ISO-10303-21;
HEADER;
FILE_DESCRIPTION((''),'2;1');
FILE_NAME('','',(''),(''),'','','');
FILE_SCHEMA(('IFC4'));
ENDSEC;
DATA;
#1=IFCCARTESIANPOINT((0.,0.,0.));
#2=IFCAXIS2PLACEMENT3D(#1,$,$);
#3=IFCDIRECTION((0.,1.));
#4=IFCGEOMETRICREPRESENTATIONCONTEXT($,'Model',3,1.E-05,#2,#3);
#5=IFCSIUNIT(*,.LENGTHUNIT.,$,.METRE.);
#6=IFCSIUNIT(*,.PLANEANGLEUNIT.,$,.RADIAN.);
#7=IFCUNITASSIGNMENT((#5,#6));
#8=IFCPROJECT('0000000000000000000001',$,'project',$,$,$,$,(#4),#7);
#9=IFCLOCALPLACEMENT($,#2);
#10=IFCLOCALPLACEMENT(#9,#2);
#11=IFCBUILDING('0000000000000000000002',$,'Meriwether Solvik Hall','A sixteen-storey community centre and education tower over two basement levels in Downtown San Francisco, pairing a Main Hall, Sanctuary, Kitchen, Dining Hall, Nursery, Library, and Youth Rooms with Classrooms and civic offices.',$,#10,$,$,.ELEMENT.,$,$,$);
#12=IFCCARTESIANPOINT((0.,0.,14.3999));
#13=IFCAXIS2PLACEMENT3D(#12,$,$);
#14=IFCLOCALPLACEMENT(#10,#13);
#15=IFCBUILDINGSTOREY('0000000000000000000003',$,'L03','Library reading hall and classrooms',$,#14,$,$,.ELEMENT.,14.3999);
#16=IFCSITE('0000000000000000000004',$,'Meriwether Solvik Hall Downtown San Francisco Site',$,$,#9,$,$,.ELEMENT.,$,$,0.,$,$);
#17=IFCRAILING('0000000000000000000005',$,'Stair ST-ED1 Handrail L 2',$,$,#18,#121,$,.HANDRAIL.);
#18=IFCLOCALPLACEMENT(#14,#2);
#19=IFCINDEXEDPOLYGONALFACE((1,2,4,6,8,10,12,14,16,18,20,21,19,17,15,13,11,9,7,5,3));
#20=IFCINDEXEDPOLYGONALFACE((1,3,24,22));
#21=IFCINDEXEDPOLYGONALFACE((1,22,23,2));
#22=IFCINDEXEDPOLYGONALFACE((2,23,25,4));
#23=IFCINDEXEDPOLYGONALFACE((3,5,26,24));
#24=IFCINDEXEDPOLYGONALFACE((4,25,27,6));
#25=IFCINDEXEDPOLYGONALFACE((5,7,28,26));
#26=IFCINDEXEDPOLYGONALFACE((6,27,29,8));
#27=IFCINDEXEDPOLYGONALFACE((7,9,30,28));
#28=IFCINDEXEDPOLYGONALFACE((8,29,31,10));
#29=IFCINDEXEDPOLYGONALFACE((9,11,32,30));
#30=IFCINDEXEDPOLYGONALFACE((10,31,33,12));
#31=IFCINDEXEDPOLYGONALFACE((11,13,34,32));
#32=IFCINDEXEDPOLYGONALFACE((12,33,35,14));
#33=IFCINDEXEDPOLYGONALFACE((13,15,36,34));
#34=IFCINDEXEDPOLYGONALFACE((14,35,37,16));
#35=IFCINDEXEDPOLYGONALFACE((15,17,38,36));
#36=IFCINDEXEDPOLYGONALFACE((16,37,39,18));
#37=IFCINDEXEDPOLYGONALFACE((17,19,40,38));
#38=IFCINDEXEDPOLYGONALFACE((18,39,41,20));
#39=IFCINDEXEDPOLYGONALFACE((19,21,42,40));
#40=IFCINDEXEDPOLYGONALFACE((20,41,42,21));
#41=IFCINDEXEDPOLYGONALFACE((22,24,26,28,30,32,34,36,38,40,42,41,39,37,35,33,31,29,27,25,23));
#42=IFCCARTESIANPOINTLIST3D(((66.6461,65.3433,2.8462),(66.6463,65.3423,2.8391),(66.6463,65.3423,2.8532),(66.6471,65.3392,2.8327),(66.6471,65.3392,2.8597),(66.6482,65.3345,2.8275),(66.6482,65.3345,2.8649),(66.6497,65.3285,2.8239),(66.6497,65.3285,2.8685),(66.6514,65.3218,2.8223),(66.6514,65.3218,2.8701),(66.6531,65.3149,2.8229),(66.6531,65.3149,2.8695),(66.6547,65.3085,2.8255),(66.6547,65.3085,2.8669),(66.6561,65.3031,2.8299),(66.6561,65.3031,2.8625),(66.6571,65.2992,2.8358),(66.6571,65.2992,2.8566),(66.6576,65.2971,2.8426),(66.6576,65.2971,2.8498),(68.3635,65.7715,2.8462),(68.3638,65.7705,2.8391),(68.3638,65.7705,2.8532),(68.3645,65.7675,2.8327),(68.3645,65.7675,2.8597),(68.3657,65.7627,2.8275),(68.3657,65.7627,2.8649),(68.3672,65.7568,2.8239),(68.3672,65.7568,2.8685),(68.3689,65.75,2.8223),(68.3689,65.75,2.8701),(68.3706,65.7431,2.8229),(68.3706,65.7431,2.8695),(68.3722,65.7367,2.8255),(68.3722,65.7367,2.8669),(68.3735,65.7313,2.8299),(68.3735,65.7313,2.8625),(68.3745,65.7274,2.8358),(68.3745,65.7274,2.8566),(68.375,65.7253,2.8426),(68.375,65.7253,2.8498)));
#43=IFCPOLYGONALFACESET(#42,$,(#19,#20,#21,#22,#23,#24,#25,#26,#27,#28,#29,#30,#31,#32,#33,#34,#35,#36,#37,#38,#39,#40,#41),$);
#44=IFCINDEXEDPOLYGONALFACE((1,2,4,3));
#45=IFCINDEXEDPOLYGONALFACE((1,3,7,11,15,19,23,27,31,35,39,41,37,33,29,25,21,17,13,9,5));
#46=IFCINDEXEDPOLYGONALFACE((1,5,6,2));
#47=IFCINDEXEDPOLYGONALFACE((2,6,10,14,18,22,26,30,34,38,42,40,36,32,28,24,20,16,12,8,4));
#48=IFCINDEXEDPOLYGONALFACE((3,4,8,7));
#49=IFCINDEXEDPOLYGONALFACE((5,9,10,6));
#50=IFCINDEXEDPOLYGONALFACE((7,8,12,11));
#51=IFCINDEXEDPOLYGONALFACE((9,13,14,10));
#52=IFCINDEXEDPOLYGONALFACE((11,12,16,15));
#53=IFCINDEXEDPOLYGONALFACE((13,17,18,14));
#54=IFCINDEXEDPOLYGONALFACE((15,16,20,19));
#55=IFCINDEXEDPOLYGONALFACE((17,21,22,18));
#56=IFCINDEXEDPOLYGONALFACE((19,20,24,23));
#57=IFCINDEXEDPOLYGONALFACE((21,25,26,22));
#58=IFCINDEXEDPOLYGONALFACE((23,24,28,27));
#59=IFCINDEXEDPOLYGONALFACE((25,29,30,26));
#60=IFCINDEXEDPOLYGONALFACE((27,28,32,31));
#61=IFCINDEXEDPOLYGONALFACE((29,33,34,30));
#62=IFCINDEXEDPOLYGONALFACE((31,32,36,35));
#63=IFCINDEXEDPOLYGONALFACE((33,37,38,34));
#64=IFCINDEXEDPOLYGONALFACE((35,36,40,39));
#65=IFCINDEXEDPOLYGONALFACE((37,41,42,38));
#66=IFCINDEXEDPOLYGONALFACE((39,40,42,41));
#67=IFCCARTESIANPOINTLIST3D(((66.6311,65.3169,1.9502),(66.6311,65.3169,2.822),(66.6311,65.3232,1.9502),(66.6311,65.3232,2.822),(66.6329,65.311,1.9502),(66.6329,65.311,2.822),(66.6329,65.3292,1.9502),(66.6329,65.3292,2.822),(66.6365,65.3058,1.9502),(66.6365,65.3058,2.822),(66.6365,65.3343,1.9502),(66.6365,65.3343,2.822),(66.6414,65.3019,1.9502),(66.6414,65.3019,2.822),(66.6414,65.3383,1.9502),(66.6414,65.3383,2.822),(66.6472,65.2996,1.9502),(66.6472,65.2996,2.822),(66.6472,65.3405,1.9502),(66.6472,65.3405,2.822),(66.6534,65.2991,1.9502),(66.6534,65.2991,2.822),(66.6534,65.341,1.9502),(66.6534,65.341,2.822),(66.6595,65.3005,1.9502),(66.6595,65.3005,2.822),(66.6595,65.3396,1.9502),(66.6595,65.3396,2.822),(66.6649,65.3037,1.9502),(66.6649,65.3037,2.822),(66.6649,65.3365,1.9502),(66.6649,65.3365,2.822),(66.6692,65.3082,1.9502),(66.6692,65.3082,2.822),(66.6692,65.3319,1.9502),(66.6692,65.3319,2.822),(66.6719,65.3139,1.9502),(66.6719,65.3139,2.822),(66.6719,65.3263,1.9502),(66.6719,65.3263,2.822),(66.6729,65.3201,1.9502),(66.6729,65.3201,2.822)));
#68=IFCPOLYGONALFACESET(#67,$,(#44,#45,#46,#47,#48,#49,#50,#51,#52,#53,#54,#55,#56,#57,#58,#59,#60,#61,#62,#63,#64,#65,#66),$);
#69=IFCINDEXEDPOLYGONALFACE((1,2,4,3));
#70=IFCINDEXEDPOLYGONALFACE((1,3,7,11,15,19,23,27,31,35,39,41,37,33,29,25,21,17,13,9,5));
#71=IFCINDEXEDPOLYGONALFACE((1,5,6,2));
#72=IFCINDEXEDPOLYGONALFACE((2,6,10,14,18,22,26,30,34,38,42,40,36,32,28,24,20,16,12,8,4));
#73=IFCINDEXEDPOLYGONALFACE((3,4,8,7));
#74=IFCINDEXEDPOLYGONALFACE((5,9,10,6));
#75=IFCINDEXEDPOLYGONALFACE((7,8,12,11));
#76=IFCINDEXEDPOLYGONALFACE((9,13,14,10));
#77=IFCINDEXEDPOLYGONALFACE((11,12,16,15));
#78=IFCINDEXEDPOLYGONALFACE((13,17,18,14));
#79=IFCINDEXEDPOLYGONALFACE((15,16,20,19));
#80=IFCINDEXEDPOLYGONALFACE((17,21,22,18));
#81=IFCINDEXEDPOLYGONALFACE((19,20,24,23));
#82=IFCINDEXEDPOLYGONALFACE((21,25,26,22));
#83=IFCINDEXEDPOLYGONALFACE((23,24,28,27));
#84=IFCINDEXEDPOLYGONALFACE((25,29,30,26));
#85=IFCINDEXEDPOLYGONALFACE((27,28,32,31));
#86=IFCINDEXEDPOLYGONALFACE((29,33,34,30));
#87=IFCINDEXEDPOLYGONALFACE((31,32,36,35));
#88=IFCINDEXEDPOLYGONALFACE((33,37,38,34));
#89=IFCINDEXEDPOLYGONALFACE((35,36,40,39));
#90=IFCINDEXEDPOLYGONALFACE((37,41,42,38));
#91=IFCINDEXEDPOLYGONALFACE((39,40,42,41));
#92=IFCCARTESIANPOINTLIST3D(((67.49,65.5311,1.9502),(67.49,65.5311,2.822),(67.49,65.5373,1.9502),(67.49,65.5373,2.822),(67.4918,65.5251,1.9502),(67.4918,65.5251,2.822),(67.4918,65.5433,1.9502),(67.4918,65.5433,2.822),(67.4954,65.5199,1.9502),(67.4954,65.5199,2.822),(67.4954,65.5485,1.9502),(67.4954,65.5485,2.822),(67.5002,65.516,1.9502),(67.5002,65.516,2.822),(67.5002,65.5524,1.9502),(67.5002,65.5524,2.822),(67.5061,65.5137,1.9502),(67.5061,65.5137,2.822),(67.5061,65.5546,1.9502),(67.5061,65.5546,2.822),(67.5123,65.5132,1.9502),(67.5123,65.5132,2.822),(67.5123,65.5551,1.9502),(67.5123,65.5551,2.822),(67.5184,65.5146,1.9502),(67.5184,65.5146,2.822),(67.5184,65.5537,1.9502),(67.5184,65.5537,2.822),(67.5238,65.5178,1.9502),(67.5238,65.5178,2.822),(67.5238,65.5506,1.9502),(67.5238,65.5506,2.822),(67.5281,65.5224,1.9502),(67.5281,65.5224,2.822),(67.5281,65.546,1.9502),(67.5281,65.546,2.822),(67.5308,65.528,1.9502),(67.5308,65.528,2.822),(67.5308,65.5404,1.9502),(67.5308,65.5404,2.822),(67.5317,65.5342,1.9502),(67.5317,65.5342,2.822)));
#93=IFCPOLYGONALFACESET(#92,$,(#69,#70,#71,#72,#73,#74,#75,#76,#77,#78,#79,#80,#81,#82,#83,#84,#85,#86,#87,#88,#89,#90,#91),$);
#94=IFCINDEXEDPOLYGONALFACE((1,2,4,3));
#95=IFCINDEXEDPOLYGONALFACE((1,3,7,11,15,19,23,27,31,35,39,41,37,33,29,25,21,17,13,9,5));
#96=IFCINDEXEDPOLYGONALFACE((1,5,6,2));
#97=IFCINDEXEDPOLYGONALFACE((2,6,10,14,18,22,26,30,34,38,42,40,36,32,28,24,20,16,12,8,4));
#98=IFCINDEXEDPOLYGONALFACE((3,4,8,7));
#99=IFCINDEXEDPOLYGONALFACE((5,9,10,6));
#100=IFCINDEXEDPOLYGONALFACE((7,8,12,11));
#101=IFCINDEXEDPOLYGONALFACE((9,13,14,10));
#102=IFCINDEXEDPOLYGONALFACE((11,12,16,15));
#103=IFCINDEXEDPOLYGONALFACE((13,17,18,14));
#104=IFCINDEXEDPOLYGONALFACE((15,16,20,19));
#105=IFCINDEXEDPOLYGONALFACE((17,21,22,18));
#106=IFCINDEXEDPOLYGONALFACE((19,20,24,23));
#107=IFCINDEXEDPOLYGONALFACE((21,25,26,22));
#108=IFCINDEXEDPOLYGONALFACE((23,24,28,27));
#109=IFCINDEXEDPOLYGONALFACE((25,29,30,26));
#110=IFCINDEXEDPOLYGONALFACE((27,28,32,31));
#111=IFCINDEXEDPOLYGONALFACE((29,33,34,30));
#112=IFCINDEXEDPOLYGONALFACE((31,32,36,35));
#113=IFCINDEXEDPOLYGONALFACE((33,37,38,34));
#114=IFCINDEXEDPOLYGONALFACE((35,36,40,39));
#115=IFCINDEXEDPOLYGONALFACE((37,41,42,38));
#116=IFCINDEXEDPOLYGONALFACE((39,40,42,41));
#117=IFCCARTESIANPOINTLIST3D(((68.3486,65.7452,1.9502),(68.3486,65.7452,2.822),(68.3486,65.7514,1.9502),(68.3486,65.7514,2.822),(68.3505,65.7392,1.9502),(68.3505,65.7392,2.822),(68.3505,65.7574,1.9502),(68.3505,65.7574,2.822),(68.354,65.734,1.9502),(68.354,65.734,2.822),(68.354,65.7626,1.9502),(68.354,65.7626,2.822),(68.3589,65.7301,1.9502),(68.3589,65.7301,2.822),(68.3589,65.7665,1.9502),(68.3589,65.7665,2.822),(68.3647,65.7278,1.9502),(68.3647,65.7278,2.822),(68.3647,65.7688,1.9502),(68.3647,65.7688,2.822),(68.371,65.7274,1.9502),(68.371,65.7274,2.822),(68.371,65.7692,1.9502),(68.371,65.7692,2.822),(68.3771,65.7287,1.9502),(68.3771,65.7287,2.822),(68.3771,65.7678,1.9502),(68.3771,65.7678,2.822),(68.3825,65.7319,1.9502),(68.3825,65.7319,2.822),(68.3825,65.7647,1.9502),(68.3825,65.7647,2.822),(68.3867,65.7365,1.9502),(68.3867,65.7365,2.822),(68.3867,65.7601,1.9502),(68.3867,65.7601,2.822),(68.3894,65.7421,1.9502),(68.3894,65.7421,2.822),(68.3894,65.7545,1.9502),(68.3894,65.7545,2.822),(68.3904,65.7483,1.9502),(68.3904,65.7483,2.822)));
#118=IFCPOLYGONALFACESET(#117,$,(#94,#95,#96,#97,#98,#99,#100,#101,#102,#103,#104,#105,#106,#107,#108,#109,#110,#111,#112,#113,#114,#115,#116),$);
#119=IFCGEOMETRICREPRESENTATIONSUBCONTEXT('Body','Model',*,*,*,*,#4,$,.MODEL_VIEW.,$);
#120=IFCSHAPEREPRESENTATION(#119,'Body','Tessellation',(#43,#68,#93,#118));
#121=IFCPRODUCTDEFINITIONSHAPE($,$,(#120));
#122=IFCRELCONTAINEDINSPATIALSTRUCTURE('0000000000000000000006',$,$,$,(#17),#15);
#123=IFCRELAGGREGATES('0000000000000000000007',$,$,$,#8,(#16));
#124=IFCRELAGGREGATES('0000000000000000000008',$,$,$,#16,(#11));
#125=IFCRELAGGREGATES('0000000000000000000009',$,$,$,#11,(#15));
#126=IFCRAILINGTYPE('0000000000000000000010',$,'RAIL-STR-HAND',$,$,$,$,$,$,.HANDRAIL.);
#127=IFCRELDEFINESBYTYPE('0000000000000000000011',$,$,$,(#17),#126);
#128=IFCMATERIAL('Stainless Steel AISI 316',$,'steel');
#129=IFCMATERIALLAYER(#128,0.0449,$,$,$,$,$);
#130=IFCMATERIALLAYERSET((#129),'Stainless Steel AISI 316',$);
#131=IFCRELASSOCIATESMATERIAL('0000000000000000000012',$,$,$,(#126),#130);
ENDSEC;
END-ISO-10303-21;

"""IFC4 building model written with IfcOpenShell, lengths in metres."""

from ifc_helpers import new_model, si_unit, direction, frame, origin, origin_2d, place, context, subcontext, project, spatial, circle, extrude, material, layer, layer_set, type_object, element, save


model = new_model("IFC4")

# Units and contexts
model_context = context("Model", 3, precision=1e-05, world=origin(), true_north=direction((0.0, 1.0)))
body_context = subcontext(model_context, "Body", "Model", "MODEL_VIEW")
ifc_project = project(units=[si_unit("LENGTHUNIT", "METRE"), si_unit("PLANEANGLEUNIT", "RADIAN")], contexts=[model_context])

# Site, building, storey
site_placement = place(None, origin())
site = spatial("IfcSite", under=ifc_project, at=site_placement, Name="Meriwether Solvik Hall Downtown San Francisco Site", CompositionType="ELEMENT", RefElevation=0.0)
building_placement = place(site_placement, origin())
building = spatial("IfcBuilding", under=site, at=building_placement, Name="Meriwether Solvik Hall", Description="A sixteen-storey community centre and education tower over two basement levels in Downtown San Francisco, pairing a Main Hall, Sanctuary, Kitchen, Dining Hall, Nursery, Library, and Youth Rooms with Classrooms and civic offices.", CompositionType="ELEMENT")
storey_placement = place(building_placement, frame((0.0, 0.0, 14.3999)))
storey = spatial("IfcBuildingStorey", under=building, at=storey_placement, Name="L03", Description="Library reading hall and classrooms", CompositionType="ELEMENT", Elevation=14.3999)

# Railing
ifc_material_1 = material(Name="Stainless Steel AISI 316", Category="steel")
ifc_layer_1 = layer(ifc_material_1, 0.0449)
ifc_layer_set_1 = layer_set([ifc_layer_1], Name="Stainless Steel AISI 316")
railing_type_1 = type_object("IfcRailingType", Name="RAIL-STR-HAND", PredefinedType="HANDRAIL", material=ifc_layer_set_1)
railing_1_placement = place(storey_placement, frame((66.6519, 65.3201, 1.9502)))
element("IfcRailing", 1, at=railing_1_placement, inside=storey, type_object=railing_type_1, Name="Stair ST-ED1 Handrail L 2", PredefinedType="HANDRAIL", context=body_context, shape_type="SweptSolid", body=[
    extrude(circle(Radius=0.0239, at=origin_2d()), frame((0.0, 0.0, 0.896), z_axis=(0.970296, 0.241919, 0.0), x_axis=(-0.241919, 0.970296, 0.0)), (0.0, 0.0, 1.0), 1.77),
    extrude(circle(Radius=0.021, at=origin_2d()), origin(), (0.0, 0.0, 1.0), 0.8718),
    extrude(circle(Radius=0.021, at=origin_2d()), frame((0.8589, 0.2141, 0.0)), (0.0, 0.0, 1.0), 0.8718),
    extrude(circle(Radius=0.021, at=origin_2d()), frame((1.7175, 0.4282, 0.0)), (0.0, 0.0, 1.0), 0.8718),
])

save(model, "model.ifc")
